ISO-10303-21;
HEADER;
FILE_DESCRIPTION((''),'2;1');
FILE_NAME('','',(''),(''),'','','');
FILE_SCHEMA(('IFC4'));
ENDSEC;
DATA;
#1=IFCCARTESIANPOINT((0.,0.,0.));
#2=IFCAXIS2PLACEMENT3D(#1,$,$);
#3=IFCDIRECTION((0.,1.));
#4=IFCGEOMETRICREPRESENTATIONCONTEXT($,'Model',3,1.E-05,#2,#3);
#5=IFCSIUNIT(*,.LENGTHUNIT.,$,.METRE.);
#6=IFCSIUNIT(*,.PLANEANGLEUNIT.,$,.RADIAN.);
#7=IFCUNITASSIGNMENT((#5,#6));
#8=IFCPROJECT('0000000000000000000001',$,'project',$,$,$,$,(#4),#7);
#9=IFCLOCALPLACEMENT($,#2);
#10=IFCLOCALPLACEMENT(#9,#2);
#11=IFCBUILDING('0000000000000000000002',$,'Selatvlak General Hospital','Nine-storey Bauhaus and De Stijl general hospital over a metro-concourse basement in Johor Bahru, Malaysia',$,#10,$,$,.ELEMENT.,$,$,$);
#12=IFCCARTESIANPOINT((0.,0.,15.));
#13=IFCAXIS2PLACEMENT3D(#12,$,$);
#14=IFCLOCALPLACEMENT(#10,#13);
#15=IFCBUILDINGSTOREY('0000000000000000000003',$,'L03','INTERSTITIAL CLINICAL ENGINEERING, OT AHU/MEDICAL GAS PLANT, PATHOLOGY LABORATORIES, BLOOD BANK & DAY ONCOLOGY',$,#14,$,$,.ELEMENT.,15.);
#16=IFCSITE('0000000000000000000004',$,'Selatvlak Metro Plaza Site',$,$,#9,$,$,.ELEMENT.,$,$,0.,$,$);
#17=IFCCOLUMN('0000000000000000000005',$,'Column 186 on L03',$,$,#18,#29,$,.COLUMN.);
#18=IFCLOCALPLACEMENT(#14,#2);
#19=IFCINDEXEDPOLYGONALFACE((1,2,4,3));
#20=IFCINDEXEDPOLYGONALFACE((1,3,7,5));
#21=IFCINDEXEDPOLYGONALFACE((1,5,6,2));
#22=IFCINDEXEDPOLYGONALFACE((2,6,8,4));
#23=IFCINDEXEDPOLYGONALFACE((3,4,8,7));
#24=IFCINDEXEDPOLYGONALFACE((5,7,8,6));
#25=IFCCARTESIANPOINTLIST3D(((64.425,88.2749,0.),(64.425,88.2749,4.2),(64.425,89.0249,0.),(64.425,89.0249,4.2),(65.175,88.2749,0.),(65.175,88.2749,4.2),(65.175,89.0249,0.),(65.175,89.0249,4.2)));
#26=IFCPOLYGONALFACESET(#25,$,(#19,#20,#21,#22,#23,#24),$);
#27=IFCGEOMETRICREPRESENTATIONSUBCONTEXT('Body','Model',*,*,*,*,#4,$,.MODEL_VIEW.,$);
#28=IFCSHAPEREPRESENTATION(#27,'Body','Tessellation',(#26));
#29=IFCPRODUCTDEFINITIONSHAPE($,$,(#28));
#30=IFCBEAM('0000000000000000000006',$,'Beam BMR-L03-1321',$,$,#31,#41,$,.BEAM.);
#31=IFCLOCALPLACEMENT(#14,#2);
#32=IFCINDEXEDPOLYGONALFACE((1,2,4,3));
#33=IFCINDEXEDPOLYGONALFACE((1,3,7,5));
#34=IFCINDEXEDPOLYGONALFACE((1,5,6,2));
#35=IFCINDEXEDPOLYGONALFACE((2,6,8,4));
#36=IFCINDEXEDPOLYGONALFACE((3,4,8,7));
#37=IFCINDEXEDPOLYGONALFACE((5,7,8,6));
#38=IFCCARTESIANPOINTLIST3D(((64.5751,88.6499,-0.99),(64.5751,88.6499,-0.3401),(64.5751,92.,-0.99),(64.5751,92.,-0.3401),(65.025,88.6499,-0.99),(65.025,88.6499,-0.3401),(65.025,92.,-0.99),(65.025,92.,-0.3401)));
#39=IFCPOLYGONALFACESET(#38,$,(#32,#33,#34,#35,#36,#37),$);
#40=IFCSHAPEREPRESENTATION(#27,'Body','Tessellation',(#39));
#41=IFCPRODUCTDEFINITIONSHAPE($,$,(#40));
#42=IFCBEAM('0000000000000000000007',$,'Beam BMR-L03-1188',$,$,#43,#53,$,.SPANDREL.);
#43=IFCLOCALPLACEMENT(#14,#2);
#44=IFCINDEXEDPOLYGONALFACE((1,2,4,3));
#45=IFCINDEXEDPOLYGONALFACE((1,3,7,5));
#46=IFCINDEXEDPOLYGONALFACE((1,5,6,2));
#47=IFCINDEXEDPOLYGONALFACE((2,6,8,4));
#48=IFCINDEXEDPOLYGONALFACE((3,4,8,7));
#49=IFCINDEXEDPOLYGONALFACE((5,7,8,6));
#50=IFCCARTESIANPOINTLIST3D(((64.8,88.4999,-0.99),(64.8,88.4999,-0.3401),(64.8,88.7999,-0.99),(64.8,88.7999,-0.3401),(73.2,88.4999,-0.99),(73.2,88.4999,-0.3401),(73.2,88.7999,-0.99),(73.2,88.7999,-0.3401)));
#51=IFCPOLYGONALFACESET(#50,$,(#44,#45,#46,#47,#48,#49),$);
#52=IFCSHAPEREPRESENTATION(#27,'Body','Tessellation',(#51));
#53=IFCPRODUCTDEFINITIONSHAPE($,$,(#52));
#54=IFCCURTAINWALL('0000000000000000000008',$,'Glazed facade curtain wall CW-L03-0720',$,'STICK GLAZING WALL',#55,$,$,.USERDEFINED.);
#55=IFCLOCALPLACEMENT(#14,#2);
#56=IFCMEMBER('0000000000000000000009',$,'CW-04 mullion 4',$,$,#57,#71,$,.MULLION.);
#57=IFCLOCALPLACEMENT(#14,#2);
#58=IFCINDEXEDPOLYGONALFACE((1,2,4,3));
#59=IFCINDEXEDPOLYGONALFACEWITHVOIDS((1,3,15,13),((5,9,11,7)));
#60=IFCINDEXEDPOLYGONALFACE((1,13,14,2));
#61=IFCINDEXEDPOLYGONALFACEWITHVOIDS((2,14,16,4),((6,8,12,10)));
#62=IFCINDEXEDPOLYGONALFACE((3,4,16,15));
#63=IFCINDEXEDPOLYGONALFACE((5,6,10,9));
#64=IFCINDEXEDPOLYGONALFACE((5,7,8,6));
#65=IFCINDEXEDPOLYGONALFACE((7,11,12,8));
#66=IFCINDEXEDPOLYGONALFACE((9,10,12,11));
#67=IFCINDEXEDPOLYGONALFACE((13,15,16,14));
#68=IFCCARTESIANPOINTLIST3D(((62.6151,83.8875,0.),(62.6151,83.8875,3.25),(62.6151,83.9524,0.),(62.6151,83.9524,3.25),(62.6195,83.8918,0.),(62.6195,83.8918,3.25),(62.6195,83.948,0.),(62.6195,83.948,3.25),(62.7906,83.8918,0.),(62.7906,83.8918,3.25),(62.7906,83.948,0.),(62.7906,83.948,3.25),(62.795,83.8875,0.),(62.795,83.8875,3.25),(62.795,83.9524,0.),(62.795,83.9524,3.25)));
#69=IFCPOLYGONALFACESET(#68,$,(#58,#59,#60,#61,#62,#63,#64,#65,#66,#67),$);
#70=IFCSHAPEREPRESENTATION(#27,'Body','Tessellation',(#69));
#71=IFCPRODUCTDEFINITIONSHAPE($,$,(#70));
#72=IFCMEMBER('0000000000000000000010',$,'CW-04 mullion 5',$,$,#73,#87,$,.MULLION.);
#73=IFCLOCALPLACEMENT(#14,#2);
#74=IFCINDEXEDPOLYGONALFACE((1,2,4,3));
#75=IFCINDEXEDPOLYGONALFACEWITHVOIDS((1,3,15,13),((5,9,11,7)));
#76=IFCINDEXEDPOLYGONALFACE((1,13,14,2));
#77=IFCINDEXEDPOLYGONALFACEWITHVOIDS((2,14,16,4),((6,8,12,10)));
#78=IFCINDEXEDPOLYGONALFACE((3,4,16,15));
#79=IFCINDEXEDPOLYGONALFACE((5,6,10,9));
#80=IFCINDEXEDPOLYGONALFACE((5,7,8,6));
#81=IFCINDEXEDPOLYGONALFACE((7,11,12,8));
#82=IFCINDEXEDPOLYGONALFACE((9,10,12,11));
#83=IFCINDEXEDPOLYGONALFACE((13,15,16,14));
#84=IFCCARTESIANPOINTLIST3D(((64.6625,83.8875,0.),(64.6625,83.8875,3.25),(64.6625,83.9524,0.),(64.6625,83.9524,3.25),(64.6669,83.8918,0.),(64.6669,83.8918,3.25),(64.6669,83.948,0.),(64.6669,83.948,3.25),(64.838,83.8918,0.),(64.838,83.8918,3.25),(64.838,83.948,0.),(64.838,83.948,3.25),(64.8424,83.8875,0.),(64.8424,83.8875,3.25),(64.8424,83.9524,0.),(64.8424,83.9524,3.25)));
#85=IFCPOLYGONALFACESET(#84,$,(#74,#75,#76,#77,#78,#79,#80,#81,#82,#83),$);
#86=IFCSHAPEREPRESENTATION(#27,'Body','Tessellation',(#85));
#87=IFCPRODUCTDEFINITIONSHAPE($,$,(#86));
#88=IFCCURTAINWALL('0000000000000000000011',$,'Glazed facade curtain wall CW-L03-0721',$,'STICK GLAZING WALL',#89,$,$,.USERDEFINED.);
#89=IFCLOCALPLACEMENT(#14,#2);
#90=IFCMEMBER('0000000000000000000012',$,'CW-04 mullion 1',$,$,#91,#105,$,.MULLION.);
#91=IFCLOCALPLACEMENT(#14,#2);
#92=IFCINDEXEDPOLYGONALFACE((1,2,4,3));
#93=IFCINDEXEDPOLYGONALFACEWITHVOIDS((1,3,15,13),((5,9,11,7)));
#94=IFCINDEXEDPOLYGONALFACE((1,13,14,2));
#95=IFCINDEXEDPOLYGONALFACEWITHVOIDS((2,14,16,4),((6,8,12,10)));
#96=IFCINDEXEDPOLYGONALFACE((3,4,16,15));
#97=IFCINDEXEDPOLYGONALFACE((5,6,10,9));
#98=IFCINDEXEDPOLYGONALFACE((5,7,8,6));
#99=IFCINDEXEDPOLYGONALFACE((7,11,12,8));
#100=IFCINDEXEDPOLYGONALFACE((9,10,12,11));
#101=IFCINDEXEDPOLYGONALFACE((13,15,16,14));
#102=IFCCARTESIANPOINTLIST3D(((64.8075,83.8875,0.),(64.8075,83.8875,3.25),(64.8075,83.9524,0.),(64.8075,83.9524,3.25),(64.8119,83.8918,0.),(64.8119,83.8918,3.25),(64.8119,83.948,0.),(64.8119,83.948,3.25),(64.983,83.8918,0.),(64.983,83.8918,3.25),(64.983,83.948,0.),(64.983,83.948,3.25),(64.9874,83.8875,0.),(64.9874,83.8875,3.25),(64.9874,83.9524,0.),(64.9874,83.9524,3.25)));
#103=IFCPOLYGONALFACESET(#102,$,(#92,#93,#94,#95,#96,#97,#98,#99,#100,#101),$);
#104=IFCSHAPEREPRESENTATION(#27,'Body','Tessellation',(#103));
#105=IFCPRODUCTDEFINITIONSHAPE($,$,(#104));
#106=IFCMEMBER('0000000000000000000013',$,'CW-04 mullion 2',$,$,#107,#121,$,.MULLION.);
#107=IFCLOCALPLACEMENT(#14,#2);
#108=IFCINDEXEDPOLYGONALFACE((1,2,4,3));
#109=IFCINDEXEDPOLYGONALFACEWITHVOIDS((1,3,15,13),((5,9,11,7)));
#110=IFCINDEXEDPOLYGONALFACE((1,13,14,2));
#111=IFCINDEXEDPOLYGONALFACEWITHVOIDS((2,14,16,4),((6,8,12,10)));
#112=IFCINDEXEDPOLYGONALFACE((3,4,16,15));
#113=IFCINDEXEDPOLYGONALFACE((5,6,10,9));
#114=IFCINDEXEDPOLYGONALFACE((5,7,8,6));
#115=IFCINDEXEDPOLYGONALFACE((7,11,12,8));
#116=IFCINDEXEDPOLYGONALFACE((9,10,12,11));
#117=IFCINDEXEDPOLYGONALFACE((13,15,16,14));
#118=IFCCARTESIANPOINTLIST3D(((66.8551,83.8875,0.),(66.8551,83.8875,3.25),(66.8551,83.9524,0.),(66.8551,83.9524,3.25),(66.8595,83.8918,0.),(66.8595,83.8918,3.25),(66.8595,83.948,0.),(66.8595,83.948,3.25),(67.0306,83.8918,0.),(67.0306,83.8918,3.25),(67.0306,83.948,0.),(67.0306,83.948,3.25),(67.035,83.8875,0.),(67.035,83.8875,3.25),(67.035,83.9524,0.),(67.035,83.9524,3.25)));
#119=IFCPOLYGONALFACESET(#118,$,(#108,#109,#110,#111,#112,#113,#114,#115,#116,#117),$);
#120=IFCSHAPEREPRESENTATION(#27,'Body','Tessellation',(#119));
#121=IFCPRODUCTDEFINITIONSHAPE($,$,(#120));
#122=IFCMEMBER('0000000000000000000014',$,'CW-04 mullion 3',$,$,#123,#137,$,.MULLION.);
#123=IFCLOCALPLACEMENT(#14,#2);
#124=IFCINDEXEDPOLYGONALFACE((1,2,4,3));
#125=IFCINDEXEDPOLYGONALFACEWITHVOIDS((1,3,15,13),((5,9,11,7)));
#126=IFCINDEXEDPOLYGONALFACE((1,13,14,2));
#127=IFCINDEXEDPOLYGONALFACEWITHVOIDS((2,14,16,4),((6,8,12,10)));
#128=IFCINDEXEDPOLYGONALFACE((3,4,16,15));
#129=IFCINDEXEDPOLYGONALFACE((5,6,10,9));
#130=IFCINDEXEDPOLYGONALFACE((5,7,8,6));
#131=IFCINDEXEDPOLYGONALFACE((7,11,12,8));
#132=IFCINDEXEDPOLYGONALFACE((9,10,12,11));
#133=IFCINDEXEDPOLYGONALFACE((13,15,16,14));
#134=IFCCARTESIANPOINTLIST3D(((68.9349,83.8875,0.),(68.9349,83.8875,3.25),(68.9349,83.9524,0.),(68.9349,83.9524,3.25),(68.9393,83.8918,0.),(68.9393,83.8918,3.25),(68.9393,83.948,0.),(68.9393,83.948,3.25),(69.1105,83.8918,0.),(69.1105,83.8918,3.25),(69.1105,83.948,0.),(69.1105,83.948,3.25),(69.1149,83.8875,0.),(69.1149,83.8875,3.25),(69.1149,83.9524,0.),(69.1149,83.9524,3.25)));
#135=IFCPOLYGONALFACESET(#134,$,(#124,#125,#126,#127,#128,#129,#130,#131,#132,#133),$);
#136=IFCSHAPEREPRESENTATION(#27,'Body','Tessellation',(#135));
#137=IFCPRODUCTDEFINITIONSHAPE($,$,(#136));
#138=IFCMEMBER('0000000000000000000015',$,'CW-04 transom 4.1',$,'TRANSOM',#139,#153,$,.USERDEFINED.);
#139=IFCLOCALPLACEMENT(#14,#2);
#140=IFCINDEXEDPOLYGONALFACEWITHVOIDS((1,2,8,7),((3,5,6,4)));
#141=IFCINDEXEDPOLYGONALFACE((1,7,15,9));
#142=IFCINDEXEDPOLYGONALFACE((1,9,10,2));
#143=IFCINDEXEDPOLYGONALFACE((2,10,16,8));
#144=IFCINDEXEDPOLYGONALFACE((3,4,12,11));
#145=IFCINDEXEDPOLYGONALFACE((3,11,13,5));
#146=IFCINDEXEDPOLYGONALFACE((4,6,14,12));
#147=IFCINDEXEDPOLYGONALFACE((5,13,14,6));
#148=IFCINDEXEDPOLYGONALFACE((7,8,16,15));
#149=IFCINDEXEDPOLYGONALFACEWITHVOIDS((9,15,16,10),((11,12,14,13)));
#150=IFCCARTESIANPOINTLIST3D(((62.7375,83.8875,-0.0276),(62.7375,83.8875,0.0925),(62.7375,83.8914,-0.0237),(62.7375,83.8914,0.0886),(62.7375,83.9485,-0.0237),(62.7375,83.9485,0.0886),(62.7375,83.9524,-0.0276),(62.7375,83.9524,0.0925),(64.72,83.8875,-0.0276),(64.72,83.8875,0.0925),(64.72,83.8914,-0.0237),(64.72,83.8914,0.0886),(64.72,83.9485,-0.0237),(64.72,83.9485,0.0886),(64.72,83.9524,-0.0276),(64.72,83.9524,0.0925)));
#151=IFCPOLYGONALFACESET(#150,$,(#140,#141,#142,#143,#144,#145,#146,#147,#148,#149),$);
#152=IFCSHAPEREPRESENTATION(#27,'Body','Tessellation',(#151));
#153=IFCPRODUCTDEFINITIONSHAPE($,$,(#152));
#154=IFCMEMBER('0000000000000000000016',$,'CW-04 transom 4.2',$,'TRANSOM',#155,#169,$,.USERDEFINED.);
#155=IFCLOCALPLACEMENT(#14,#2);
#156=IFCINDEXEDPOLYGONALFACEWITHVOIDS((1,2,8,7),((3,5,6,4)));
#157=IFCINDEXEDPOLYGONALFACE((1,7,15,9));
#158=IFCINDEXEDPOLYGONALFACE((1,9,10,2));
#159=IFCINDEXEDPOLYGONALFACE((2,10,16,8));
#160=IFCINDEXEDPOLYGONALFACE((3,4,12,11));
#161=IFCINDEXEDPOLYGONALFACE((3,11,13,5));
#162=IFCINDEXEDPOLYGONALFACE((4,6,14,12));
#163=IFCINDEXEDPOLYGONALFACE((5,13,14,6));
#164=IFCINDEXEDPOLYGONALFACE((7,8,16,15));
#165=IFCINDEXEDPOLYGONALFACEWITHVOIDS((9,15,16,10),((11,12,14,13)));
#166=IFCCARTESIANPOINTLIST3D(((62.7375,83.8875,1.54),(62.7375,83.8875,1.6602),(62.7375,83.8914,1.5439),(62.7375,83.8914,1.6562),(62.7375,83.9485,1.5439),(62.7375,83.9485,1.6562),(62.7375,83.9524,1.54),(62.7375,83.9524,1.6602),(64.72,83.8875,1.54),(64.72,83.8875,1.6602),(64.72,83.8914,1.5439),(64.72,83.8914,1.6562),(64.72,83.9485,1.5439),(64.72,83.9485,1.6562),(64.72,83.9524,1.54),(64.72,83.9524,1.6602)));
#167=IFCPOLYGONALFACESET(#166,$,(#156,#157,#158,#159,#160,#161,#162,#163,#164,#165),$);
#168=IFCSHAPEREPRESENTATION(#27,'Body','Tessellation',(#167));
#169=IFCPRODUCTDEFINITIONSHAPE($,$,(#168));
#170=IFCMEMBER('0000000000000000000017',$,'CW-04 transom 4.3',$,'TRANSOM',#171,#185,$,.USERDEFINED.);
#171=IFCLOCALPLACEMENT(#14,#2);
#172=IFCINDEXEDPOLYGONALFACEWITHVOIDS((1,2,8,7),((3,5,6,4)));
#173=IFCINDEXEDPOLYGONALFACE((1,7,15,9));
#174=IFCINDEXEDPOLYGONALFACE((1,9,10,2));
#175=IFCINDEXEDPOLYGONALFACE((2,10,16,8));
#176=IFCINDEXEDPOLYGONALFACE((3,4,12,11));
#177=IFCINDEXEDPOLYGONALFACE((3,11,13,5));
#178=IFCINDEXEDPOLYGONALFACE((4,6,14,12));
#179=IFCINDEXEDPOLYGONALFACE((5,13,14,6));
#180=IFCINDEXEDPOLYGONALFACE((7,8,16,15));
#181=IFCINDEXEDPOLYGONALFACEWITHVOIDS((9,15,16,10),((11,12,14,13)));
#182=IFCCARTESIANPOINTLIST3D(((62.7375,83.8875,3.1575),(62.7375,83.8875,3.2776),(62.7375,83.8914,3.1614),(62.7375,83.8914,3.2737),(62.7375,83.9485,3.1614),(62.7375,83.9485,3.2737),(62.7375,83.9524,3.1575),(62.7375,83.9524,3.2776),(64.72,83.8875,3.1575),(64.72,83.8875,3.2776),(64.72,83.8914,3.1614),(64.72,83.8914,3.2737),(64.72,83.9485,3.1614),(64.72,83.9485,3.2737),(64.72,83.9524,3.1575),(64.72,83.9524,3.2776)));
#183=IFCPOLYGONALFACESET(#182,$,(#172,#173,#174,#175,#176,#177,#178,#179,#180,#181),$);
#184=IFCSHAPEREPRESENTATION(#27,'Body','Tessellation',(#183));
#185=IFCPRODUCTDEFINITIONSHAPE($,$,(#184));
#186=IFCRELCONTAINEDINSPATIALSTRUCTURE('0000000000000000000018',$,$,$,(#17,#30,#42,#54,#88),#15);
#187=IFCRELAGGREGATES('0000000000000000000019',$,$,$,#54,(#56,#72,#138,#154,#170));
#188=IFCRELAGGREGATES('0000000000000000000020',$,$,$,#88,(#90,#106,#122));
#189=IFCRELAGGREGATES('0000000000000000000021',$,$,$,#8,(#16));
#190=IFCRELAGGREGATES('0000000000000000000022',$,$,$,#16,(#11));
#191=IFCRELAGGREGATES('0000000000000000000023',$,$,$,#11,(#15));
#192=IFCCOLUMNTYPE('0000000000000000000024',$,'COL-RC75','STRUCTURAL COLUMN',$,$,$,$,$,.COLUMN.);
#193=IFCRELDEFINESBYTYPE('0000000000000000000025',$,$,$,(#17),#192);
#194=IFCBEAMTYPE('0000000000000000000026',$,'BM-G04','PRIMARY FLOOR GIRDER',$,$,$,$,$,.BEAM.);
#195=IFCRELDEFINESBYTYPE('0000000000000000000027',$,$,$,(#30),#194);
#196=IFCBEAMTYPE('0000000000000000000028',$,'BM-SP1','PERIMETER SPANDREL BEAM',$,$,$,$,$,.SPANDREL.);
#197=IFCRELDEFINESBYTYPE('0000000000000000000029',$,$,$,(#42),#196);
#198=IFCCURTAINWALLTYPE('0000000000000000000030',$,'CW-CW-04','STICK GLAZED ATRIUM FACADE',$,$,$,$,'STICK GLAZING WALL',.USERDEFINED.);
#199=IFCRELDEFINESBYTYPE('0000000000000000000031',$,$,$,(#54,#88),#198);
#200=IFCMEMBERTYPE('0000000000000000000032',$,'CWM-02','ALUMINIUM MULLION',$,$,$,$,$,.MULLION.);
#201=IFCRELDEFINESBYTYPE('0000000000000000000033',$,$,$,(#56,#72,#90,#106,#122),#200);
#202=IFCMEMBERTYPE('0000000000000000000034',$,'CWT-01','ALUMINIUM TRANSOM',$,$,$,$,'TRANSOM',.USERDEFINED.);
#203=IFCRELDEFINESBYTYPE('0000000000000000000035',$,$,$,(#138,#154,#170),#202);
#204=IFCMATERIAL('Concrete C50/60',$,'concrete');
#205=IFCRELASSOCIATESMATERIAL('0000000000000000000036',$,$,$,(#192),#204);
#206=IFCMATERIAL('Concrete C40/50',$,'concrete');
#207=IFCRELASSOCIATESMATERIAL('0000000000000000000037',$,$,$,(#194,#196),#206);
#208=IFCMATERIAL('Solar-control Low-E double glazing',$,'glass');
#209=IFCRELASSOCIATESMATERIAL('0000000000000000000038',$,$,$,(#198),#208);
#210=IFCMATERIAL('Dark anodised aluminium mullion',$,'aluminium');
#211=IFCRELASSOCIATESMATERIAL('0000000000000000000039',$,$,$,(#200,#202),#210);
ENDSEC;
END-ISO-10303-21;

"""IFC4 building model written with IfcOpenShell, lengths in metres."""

from ifc_helpers import new_model, si_unit, direction, frame, origin, origin_2d, place, context, subcontext, project, spatial, rectangle, hollow_rectangle, extrude, material, material_profile, profile_set, type_object, element, aggregate, save


model = new_model("IFC4")

# Units and contexts
model_context = context("Model", 3, precision=1e-05, world=origin(), true_north=direction((0.0, 1.0)))
body_context = subcontext(model_context, "Body", "Model", "MODEL_VIEW")
ifc_project = project(units=[si_unit("LENGTHUNIT", "METRE"), si_unit("PLANEANGLEUNIT", "RADIAN")], contexts=[model_context])

# Site, building, storey
site_placement = place(None, origin())
site = spatial("IfcSite", under=ifc_project, at=site_placement, Name="Selatvlak Metro Plaza Site", CompositionType="ELEMENT", RefElevation=0.0)
building_placement = place(site_placement, origin())
building = spatial("IfcBuilding", under=site, at=building_placement, Name="Selatvlak General Hospital", Description="Nine-storey Bauhaus and De Stijl general hospital over a metro-concourse basement in Johor Bahru, Malaysia", CompositionType="ELEMENT")
storey_placement = place(building_placement, frame((0.0, 0.0, 15.0)))
storey = spatial("IfcBuildingStorey", under=building, at=storey_placement, Name="L03", Description="INTERSTITIAL CLINICAL ENGINEERING, OT AHU/MEDICAL GAS PLANT, PATHOLOGY LABORATORIES, BLOOD BANK & DAY ONCOLOGY", CompositionType="ELEMENT", Elevation=15.0)

# Column
ifc_material_1 = material(Name="Concrete C50/60", Category="concrete")
ifc_material_profile_1 = material_profile(ifc_material_1, rectangle(XDim=0.75, YDim=0.75, at=origin_2d()), Name="RC-COL 750x750")
ifc_profile_set_1 = profile_set([ifc_material_profile_1], Name="Concrete C50/60")
column_type = type_object("IfcColumnType", Name="COL-RC75", Description="STRUCTURAL COLUMN", PredefinedType="COLUMN", material=ifc_profile_set_1)
column_placement = place(storey_placement, frame((64.8, 88.6499, 0.0), z_axis=(0.0, 0.0, 1.0), x_axis=(1.0, 0.0, 0.0)))
element("IfcColumn", 1, at=column_placement, inside=storey, type_object=column_type, Name="Column 186 on L03", PredefinedType="COLUMN", context=body_context, shape_type="SweptSolid", body=[
    extrude(rectangle(XDim=0.75, YDim=0.75, at=origin_2d()), origin(), (0.0, 0.0, 1.0), 4.2),
])

# Beams
ifc_material_2 = material(Name="Concrete C40/50", Category="concrete")
ifc_material_profile_2 = material_profile(ifc_material_2, rectangle(XDim=0.45, YDim=0.6499, at=origin_2d()), Name="RC-BM 450x650")
ifc_profile_set_2 = profile_set([ifc_material_profile_2], Name="Concrete C40/50")
beam_type_1 = type_object("IfcBeamType", Name="BM-G04", Description="PRIMARY FLOOR GIRDER", PredefinedType="BEAM", material=ifc_profile_set_2)
beam_1_placement = place(storey_placement, frame((64.8, 88.6499, -0.665), z_axis=(0.0, 1.0, 0.0), x_axis=(-1.0, 0.0, 0.0)))
element("IfcBeam", 2, at=beam_1_placement, inside=storey, type_object=beam_type_1, Name="Beam BMR-L03-1321", PredefinedType="BEAM", context=body_context, shape_type="SweptSolid", body=[
    extrude(rectangle(XDim=0.45, YDim=0.6499, at=origin_2d()), origin(), (0.0, 0.0, 1.0), 3.3501),
])
ifc_material_profile_3 = material_profile(ifc_material_2, rectangle(XDim=0.3, YDim=0.6499, at=origin_2d()), Name="RC-SP 300x650")
ifc_profile_set_3 = profile_set([ifc_material_profile_3], Name="Concrete C40/50")
beam_type_2 = type_object("IfcBeamType", Name="BM-SP1", Description="PERIMETER SPANDREL BEAM", PredefinedType="SPANDREL", material=ifc_profile_set_3)
beam_2_placement = place(storey_placement, frame((64.8, 88.6499, -0.665), z_axis=(1.0, 0.0, 0.0), x_axis=(0.0, 1.0, 0.0)))
element("IfcBeam", 3, at=beam_2_placement, inside=storey, type_object=beam_type_2, Name="Beam BMR-L03-1188", PredefinedType="SPANDREL", context=body_context, shape_type="SweptSolid", body=[
    extrude(rectangle(XDim=0.3, YDim=0.6499, at=origin_2d()), origin(), (0.0, 0.0, 1.0), 8.3999),
])

# Curtain walls, members
ifc_material_3 = material(Name="Solar-control Low-E double glazing", Category="glass")
curtain_wall_type = type_object("IfcCurtainWallType", Name="CW-CW-04", Description="STICK GLAZED ATRIUM FACADE", ElementType="STICK GLAZING WALL", PredefinedType="USERDEFINED", material=ifc_material_3)
curtain_wall_1_placement = place(storey_placement, origin())
curtain_wall_1 = element("IfcCurtainWall", 4, at=curtain_wall_1_placement, inside=storey, type_object=curtain_wall_type, Name="Glazed facade curtain wall CW-L03-0720", ObjectType="STICK GLAZING WALL", PredefinedType="USERDEFINED")
ifc_material_4 = material(Name="Dark anodised aluminium mullion", Category="aluminium")
ifc_material_profile_4 = material_profile(ifc_material_4, hollow_rectangle(XDim=0.0649, YDim=0.1799, WallThickness=0.0044, at=origin_2d()), Name="AL-MUL 65x180x4.5")
ifc_profile_set_4 = profile_set([ifc_material_profile_4], Name="Dark anodised aluminium mullion")
member_type_1 = type_object("IfcMemberType", Name="CWM-02", Description="ALUMINIUM MULLION", PredefinedType="MULLION", material=ifc_profile_set_4)
member_1_placement = place(storey_placement, frame((62.7051, 83.9199, 0.0), z_axis=(0.0, 0.0, 1.0), x_axis=(0.0, 1.0, 0.0)))
member_1 = element("IfcMember", 5, at=member_1_placement, type_object=member_type_1, Name="CW-04 mullion 4", PredefinedType="MULLION", context=body_context, shape_type="SweptSolid", body=[
    extrude(hollow_rectangle(XDim=0.0649, YDim=0.1799, WallThickness=0.0044, at=origin_2d()), origin(), (0.0, 0.0, 1.0), 3.25),
])
member_2_placement = place(storey_placement, frame((64.7524, 83.9199, 0.0), z_axis=(0.0, 0.0, 1.0), x_axis=(0.0, 1.0, 0.0)))
member_2 = element("IfcMember", 6, at=member_2_placement, type_object=member_type_1, Name="CW-04 mullion 5", PredefinedType="MULLION", context=body_context, shape_type="SweptSolid", body=[
    extrude(hollow_rectangle(XDim=0.0649, YDim=0.1799, WallThickness=0.0044, at=origin_2d()), origin(), (0.0, 0.0, 1.0), 3.25),
])
curtain_wall_2_placement = place(storey_placement, origin())
curtain_wall_2 = element("IfcCurtainWall", 7, at=curtain_wall_2_placement, inside=storey, type_object=curtain_wall_type, Name="Glazed facade curtain wall CW-L03-0721", ObjectType="STICK GLAZING WALL", PredefinedType="USERDEFINED")
member_3_placement = place(storey_placement, frame((64.8975, 83.9199, 0.0), z_axis=(0.0, 0.0, 1.0), x_axis=(0.0, 1.0, 0.0)))
member_3 = element("IfcMember", 8, at=member_3_placement, type_object=member_type_1, Name="CW-04 mullion 1", PredefinedType="MULLION", context=body_context, shape_type="SweptSolid", body=[
    extrude(hollow_rectangle(XDim=0.0649, YDim=0.1799, WallThickness=0.0044, at=origin_2d()), origin(), (0.0, 0.0, 1.0), 3.25),
])
member_4_placement = place(storey_placement, frame((66.9451, 83.9199, 0.0), z_axis=(0.0, 0.0, 1.0), x_axis=(0.0, 1.0, 0.0)))
member_4 = element("IfcMember", 9, at=member_4_placement, type_object=member_type_1, Name="CW-04 mullion 2", PredefinedType="MULLION", context=body_context, shape_type="SweptSolid", body=[
    extrude(hollow_rectangle(XDim=0.0649, YDim=0.1799, WallThickness=0.0044, at=origin_2d()), origin(), (0.0, 0.0, 1.0), 3.25),
])
member_5_placement = place(storey_placement, frame((69.0249, 83.9199, 0.0), z_axis=(0.0, 0.0, 1.0), x_axis=(0.0, 1.0, 0.0)))
member_5 = element("IfcMember", 10, at=member_5_placement, type_object=member_type_1, Name="CW-04 mullion 3", PredefinedType="MULLION", context=body_context, shape_type="SweptSolid", body=[
    extrude(hollow_rectangle(XDim=0.0649, YDim=0.1799, WallThickness=0.0044, at=origin_2d()), origin(), (0.0, 0.0, 1.0), 3.25),
])

# Members
ifc_material_profile_5 = material_profile(ifc_material_4, hollow_rectangle(XDim=0.0649, YDim=0.1201, WallThickness=0.0039, at=origin_2d()), Name="AL-TRN 65x120x4")
ifc_profile_set_5 = profile_set([ifc_material_profile_5], Name="Dark anodised aluminium mullion")
member_type_2 = type_object("IfcMemberType", Name="CWT-01", Description="ALUMINIUM TRANSOM", ElementType="TRANSOM", PredefinedType="USERDEFINED", material=ifc_profile_set_5)
member_6_placement = place(storey_placement, frame((62.7375, 83.9199, 0.0325), z_axis=(1.0, 0.0, 0.0), x_axis=(0.0, 1.0, 0.0)))
member_6 = element("IfcMember", 11, at=member_6_placement, type_object=member_type_2, Name="CW-04 transom 4.1", ObjectType="TRANSOM", PredefinedType="USERDEFINED", context=body_context, shape_type="SweptSolid", body=[
    extrude(hollow_rectangle(XDim=0.0649, YDim=0.1201, WallThickness=0.0039, at=origin_2d()), origin(), (0.0, 0.0, 1.0), 1.9824),
])
member_7_placement = place(storey_placement, frame((62.7375, 83.9199, 1.6001), z_axis=(1.0, 0.0, 0.0), x_axis=(0.0, 1.0, 0.0)))
member_7 = element("IfcMember", 12, at=member_7_placement, type_object=member_type_2, Name="CW-04 transom 4.2", ObjectType="TRANSOM", PredefinedType="USERDEFINED", context=body_context, shape_type="SweptSolid", body=[
    extrude(hollow_rectangle(XDim=0.0649, YDim=0.1201, WallThickness=0.0039, at=origin_2d()), origin(), (0.0, 0.0, 1.0), 1.9824),
])
member_8_placement = place(storey_placement, frame((62.7375, 83.9199, 3.2175), z_axis=(1.0, 0.0, 0.0), x_axis=(0.0, 1.0, 0.0)))
member_8 = element("IfcMember", 13, at=member_8_placement, type_object=member_type_2, Name="CW-04 transom 4.3", ObjectType="TRANSOM", PredefinedType="USERDEFINED", context=body_context, shape_type="SweptSolid", body=[
    extrude(hollow_rectangle(XDim=0.0649, YDim=0.1201, WallThickness=0.0039, at=origin_2d()), origin(), (0.0, 0.0, 1.0), 1.9824),
])

aggregate(curtain_wall_1, [member_1, member_2, member_6, member_7, member_8])
aggregate(curtain_wall_2, [member_3, member_4, member_5])

save(model, "model.ifc")
